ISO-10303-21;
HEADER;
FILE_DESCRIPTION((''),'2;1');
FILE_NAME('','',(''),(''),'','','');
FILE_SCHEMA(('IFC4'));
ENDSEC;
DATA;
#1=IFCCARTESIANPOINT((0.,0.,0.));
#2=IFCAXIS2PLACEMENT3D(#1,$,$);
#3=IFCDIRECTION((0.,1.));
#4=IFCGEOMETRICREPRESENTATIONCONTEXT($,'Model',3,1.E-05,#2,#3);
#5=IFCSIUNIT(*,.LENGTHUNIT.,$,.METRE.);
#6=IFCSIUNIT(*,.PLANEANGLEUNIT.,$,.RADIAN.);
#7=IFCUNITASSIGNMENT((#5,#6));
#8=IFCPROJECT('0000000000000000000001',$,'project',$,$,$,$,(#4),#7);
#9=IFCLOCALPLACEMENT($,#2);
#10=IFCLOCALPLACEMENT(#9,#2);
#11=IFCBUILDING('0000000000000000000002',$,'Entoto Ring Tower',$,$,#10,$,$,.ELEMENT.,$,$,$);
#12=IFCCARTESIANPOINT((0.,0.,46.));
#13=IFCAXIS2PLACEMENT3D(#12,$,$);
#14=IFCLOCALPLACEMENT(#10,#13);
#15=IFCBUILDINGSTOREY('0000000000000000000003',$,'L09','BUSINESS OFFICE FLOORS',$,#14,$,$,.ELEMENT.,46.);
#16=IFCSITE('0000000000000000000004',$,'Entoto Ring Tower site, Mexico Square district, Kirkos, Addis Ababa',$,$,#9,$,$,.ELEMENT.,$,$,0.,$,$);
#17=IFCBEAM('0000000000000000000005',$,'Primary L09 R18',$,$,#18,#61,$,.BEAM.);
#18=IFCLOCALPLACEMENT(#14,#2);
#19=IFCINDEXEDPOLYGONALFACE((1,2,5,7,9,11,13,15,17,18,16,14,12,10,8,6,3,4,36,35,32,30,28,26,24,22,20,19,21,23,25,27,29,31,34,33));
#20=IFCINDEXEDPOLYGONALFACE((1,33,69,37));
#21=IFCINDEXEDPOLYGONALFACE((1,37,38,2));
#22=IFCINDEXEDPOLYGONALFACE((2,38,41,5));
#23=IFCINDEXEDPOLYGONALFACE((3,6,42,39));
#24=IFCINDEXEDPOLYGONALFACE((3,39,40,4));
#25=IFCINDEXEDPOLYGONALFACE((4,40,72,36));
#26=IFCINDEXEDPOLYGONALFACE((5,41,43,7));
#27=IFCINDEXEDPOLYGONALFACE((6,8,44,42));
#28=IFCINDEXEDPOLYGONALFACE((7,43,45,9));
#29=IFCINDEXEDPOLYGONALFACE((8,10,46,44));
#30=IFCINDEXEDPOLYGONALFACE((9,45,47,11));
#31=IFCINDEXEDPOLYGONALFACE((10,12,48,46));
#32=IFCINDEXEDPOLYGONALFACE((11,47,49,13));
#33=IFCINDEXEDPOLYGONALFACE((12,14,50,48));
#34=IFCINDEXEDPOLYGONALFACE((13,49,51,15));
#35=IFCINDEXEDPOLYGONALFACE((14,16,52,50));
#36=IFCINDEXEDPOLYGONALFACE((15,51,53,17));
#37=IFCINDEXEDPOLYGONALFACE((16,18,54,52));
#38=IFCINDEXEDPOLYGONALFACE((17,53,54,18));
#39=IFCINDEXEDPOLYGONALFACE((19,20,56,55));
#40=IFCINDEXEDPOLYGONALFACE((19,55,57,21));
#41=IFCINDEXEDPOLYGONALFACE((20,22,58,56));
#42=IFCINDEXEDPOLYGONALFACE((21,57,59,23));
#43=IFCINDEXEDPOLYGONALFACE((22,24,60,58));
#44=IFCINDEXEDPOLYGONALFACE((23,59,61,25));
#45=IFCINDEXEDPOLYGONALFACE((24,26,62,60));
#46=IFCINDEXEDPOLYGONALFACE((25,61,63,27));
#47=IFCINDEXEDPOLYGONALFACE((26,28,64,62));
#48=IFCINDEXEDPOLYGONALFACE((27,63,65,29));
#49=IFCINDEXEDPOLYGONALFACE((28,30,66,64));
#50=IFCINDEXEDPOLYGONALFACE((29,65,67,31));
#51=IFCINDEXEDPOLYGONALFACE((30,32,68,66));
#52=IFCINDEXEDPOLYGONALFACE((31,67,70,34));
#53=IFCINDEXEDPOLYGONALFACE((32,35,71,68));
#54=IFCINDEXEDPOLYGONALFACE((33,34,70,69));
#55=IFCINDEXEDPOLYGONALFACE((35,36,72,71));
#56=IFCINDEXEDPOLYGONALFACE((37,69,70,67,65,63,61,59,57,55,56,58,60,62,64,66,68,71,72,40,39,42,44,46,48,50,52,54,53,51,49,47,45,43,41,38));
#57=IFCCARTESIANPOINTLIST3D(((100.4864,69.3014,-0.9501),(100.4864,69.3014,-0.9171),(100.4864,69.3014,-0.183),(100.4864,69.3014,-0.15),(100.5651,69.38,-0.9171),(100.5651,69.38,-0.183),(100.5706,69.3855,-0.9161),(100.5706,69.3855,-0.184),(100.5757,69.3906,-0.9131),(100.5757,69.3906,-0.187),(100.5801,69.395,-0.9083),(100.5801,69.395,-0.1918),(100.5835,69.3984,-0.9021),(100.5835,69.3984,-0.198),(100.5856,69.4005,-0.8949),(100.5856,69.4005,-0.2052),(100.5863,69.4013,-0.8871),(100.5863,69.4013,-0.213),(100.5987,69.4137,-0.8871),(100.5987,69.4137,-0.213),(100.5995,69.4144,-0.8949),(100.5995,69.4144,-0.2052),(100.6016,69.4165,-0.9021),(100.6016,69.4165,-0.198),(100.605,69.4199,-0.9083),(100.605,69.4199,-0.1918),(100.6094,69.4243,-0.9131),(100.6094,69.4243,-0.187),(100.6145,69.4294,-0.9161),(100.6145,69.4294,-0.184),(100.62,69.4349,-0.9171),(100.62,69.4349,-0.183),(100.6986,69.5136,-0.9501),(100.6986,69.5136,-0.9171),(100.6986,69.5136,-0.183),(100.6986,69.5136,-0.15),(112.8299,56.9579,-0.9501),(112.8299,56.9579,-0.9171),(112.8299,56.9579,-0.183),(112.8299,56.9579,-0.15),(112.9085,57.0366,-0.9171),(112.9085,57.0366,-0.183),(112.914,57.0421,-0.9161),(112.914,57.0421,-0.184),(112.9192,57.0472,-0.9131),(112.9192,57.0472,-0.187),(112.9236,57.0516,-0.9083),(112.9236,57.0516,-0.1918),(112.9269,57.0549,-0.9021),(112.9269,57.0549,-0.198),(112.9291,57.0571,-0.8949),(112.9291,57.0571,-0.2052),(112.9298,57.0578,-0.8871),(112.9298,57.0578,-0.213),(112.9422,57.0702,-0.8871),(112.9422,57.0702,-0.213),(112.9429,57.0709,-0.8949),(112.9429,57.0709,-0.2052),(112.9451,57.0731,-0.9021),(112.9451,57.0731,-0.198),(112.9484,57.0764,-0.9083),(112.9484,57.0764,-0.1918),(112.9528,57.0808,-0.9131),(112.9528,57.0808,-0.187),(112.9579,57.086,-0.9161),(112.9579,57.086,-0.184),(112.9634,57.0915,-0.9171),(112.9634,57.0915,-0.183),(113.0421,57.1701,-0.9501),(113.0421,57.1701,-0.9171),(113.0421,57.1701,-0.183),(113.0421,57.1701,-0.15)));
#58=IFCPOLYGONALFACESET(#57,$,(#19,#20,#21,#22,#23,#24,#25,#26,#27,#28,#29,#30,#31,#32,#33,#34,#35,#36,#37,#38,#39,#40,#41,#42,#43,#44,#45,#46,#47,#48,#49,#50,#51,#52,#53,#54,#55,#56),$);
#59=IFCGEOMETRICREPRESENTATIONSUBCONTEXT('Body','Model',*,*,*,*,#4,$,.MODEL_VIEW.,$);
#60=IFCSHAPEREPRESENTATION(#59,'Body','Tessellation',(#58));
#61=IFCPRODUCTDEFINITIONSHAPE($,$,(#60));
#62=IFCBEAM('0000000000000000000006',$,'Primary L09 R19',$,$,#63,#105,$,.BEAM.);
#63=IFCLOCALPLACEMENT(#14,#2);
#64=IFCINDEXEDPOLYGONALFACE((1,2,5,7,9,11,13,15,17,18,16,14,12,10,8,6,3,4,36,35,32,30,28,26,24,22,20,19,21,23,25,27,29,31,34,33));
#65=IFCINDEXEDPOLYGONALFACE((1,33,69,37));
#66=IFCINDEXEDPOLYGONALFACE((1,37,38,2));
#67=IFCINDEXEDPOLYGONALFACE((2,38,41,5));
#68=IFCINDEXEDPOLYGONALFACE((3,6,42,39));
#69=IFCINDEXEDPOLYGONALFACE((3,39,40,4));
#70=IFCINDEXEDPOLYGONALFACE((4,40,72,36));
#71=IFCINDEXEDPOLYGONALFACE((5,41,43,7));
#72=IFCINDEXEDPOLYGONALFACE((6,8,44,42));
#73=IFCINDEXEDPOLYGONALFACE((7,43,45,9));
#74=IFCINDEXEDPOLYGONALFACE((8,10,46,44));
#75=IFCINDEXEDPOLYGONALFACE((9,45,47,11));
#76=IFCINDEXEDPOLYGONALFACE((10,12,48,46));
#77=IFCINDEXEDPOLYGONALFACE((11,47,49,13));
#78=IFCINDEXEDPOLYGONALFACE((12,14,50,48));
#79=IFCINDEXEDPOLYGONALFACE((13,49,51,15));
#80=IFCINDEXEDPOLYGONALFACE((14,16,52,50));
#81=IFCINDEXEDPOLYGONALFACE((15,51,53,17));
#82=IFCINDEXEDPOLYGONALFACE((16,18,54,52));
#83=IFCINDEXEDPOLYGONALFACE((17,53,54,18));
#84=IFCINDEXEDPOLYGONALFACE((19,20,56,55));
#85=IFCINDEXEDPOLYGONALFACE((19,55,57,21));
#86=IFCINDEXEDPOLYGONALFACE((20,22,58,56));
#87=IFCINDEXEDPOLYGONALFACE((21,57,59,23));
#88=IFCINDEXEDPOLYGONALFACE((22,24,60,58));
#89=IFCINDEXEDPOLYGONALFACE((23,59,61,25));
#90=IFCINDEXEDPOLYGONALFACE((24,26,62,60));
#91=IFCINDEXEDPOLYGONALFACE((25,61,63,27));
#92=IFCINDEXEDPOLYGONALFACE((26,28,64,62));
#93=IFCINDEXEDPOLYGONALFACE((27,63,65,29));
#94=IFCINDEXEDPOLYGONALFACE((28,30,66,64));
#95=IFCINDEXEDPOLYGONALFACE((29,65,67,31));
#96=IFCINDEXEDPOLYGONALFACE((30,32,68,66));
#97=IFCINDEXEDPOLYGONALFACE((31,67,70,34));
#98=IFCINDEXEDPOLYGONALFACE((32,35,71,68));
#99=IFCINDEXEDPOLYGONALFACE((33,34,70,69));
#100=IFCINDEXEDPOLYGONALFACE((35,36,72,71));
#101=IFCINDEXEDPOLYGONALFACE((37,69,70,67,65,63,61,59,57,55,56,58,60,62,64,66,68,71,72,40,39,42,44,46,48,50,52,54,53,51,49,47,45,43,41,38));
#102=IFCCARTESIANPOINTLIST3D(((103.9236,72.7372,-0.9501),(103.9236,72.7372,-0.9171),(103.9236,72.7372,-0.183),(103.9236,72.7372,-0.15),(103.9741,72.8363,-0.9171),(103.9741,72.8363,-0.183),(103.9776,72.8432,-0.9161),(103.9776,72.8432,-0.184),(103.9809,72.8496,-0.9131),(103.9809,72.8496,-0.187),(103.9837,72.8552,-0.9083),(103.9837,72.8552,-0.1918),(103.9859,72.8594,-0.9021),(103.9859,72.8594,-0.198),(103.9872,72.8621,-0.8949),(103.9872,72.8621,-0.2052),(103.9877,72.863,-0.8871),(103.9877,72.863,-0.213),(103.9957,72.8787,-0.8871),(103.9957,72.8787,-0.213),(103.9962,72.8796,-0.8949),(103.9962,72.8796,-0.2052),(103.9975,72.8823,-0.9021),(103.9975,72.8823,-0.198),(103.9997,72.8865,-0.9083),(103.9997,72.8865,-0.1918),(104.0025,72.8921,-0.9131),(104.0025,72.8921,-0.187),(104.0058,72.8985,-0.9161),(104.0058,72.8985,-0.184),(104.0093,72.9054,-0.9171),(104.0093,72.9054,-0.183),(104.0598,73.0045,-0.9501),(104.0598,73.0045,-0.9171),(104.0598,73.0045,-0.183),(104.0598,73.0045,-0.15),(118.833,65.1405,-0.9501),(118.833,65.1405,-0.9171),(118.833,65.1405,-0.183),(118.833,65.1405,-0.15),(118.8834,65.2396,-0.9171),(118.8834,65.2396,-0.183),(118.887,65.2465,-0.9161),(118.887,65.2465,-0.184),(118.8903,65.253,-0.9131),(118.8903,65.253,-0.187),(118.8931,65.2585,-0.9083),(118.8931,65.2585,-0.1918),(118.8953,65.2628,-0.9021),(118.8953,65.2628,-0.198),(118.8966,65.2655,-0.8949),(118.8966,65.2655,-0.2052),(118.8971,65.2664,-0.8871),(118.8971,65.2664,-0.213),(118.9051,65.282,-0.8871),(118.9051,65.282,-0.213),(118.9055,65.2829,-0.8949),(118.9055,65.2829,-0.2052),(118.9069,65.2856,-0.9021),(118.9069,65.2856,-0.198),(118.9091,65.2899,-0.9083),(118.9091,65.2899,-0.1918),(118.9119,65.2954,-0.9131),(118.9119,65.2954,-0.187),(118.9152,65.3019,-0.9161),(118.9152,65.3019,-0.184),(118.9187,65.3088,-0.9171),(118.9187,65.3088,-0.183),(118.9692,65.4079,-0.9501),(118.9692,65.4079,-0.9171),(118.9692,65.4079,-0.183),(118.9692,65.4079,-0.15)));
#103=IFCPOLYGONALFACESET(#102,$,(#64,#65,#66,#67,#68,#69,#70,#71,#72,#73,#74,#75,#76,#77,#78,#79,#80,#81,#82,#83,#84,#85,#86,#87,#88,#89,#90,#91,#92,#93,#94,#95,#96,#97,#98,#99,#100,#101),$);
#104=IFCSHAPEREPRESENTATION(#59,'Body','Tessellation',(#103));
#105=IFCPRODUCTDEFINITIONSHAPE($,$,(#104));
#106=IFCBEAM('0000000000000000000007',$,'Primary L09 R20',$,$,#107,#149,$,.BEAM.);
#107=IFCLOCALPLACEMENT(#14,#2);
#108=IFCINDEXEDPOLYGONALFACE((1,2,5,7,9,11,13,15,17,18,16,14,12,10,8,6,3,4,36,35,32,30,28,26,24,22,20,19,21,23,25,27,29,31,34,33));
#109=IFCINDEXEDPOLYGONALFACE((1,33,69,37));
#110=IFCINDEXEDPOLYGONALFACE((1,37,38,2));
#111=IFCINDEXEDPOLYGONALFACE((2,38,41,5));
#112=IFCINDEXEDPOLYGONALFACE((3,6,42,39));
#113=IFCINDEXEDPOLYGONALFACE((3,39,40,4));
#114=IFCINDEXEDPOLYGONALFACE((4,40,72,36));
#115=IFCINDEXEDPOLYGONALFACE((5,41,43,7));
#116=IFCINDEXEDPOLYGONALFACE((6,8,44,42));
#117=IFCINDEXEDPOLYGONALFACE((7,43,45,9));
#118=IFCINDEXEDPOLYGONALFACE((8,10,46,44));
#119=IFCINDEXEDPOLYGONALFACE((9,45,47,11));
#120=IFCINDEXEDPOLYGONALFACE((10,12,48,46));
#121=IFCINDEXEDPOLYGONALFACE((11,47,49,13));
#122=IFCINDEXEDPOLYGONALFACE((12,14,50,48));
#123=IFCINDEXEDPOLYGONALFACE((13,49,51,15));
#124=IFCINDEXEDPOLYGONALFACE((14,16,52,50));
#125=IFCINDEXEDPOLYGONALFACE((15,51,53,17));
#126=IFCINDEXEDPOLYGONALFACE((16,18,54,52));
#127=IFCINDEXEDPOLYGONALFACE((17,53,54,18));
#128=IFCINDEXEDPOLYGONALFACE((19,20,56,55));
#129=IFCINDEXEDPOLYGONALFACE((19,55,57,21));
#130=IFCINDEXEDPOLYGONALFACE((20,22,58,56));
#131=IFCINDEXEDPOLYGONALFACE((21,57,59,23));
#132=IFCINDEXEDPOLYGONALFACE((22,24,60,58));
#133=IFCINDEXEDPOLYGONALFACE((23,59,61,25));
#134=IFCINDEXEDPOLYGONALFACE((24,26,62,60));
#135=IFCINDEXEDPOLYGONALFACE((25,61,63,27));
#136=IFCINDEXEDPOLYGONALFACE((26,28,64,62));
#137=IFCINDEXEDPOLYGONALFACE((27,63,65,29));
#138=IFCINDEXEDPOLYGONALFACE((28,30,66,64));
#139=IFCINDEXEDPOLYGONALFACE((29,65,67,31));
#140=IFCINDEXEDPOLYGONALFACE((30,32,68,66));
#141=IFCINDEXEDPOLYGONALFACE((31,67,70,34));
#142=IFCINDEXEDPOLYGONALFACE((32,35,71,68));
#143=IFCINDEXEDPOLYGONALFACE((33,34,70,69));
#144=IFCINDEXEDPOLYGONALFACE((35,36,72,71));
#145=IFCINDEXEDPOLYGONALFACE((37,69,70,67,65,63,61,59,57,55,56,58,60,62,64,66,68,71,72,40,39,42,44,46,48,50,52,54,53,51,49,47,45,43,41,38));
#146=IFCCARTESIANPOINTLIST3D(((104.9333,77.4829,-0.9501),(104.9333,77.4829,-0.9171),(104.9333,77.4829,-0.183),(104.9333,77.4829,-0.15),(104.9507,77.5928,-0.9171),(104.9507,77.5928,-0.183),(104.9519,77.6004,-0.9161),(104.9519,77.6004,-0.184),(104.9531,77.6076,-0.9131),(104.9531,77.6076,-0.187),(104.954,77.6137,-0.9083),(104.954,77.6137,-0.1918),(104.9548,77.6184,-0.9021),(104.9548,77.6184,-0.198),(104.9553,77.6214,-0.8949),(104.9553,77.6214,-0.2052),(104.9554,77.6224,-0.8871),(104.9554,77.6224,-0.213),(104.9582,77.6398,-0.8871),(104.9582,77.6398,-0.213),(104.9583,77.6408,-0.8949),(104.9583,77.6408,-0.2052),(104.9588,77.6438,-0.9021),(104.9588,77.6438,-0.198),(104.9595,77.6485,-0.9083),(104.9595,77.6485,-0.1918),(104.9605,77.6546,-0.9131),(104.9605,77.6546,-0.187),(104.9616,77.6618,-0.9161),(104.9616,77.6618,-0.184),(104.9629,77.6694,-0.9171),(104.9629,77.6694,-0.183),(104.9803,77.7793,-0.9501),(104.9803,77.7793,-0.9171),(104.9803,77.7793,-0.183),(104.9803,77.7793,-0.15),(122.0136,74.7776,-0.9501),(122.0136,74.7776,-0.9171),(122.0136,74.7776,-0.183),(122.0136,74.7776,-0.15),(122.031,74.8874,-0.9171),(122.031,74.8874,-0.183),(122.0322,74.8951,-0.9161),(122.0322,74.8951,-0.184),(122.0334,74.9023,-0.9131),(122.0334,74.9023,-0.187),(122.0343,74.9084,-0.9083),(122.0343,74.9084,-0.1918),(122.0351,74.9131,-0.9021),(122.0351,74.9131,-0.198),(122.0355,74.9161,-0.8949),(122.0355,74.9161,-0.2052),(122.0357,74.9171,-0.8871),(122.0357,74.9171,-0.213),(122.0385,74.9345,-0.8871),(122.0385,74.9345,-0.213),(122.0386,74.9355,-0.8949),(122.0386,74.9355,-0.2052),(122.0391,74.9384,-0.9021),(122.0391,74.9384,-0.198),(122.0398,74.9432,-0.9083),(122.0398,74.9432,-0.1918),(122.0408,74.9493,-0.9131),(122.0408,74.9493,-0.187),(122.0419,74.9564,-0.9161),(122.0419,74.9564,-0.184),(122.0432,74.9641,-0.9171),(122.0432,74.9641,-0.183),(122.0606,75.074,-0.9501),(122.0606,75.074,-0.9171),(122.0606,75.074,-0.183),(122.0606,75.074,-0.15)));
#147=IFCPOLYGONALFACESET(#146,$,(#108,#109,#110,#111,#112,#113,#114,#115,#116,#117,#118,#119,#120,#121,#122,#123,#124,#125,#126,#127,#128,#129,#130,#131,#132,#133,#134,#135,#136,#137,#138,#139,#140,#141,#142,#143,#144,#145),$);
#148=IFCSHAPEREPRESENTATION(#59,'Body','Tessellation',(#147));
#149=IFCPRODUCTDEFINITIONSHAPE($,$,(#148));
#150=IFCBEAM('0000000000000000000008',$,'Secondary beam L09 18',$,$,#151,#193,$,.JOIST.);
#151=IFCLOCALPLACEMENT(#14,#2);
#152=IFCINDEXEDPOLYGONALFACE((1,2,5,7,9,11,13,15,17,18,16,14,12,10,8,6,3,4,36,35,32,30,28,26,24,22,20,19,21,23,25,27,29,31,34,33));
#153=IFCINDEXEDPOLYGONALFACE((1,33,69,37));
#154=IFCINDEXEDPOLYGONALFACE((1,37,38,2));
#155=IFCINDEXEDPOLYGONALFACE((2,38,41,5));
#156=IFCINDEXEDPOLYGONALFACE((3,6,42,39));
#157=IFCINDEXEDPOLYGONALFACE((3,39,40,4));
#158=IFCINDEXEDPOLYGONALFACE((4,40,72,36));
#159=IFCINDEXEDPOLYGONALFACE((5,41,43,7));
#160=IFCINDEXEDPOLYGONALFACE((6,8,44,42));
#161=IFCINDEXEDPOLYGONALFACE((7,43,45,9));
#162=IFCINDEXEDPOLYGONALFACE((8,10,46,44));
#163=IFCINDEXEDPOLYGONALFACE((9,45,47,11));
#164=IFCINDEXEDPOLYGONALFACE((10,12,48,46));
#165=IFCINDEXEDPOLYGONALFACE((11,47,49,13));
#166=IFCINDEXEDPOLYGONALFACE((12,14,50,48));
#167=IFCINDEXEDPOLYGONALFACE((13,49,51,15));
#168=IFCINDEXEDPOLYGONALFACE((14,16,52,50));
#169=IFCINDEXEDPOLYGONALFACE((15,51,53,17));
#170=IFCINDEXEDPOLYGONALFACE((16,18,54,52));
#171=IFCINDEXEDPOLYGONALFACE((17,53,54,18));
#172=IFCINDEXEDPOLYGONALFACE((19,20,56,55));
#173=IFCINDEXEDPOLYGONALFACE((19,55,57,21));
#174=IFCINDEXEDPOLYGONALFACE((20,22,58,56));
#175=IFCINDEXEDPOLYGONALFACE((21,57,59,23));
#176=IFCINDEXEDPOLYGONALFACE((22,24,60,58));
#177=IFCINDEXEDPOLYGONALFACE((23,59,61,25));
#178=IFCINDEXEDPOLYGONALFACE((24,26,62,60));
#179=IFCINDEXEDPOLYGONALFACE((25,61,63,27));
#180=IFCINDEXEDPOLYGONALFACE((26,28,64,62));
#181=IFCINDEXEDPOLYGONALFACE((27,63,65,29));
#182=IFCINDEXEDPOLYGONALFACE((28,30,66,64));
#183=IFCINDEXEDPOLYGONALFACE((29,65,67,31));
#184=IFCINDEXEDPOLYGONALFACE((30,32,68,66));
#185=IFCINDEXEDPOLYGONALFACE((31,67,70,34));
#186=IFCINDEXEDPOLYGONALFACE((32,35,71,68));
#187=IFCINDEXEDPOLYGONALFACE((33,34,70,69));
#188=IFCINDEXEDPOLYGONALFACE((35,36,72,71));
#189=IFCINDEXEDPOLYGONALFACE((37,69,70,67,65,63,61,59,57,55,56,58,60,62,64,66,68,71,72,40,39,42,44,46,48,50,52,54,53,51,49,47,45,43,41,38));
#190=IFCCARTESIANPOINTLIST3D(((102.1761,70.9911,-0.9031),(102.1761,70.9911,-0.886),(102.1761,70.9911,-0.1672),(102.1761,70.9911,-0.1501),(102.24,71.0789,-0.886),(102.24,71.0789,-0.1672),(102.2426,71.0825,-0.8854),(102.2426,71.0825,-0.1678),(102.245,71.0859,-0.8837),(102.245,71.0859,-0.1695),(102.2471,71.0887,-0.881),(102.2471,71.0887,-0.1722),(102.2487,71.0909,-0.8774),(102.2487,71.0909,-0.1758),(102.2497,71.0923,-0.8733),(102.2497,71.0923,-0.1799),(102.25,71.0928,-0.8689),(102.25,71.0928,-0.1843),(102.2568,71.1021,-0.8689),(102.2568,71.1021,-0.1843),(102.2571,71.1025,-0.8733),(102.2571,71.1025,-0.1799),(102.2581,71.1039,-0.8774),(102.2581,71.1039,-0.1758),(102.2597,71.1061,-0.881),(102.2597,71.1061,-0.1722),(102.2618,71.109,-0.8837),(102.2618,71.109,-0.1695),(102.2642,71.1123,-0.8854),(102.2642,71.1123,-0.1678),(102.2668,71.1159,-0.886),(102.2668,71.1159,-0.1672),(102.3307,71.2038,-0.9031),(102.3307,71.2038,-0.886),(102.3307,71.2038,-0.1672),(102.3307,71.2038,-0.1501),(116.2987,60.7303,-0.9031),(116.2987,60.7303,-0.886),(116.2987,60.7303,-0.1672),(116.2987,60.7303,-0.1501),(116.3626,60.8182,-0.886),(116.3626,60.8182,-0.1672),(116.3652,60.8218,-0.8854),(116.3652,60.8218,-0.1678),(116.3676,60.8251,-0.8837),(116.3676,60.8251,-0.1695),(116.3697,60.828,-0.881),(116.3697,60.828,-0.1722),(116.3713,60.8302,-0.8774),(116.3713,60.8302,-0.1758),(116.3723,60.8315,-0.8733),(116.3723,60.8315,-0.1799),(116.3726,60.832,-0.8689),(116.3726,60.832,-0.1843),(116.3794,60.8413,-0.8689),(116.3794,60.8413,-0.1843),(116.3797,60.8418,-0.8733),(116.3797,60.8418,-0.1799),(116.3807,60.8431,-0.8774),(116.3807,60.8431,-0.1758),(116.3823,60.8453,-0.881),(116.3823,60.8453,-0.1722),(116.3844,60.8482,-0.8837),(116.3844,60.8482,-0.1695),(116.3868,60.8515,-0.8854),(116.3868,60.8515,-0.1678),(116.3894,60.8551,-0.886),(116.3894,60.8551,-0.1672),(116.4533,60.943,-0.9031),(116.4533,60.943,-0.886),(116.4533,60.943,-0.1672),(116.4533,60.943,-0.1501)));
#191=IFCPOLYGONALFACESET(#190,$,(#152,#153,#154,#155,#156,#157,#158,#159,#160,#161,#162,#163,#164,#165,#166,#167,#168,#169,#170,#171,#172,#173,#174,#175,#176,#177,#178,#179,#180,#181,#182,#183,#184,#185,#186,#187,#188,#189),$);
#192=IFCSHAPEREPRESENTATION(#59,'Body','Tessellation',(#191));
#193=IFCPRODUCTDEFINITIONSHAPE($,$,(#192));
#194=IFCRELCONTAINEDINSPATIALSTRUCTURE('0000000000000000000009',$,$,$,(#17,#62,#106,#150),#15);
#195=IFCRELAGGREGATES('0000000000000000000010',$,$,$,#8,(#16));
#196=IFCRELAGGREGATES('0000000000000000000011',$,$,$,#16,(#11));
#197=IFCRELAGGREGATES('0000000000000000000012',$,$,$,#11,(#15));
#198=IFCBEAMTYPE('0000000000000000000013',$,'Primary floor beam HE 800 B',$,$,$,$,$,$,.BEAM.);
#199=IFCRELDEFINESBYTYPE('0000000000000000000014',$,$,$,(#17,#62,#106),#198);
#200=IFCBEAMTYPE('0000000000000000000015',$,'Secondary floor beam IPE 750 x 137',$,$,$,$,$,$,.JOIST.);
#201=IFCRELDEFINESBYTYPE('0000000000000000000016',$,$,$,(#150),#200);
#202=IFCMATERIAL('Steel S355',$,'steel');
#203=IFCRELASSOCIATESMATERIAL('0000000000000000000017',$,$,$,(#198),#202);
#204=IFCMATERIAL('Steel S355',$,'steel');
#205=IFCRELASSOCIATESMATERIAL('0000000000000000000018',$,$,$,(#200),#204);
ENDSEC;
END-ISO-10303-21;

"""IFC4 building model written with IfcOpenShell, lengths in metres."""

from ifc_helpers import new_model, si_unit, direction, frame, origin, origin_2d, place, context, subcontext, project, spatial, i_section, extrude, material, material_profile, profile_set, type_object, element, save


model = new_model("IFC4")

# Units and contexts
model_context = context("Model", 3, precision=1e-05, world=origin(), true_north=direction((0.0, 1.0)))
body_context = subcontext(model_context, "Body", "Model", "MODEL_VIEW")
ifc_project = project(units=[si_unit("LENGTHUNIT", "METRE"), si_unit("PLANEANGLEUNIT", "RADIAN")], contexts=[model_context])

# Site, building, storey
site_placement = place(None, origin())
site = spatial("IfcSite", under=ifc_project, at=site_placement, Name="Entoto Ring Tower site, Mexico Square district, Kirkos, Addis Ababa", CompositionType="ELEMENT", RefElevation=0.0)
building_placement = place(site_placement, origin())
building = spatial("IfcBuilding", under=site, at=building_placement, Name="Entoto Ring Tower", CompositionType="ELEMENT")
storey_placement = place(building_placement, frame((0.0, 0.0, 46.0)))
storey = spatial("IfcBuildingStorey", under=building, at=storey_placement, Name="L09", Description="BUSINESS OFFICE FLOORS", CompositionType="ELEMENT", Elevation=46.0)

# Beams
ifc_material_1 = material(Name="Steel S355", Category="steel")
ifc_material_profile_1 = material_profile(ifc_material_1, i_section(OverallWidth=0.3, OverallDepth=0.8, WebThickness=0.0176, FlangeThickness=0.033, FilletRadius=0.03, at=origin_2d()), Name="HE 800 B")
ifc_profile_set_1 = profile_set([ifc_material_profile_1], Name="Steel S355")
beam_type_1 = type_object("IfcBeamType", Name="Primary floor beam HE 800 B", PredefinedType="BEAM", material=ifc_profile_set_1)
beam_1_placement = place(storey_placement, frame((100.5925, 69.4075, -0.55), z_axis=(0.707107, -0.707107, 0.0), x_axis=(0.707107, 0.707107, 0.0)))
element("IfcBeam", 1, at=beam_1_placement, inside=storey, type_object=beam_type_1, Name="Primary L09 R18", PredefinedType="BEAM", context=body_context, shape_type="SweptSolid", body=[
    extrude(i_section(OverallWidth=0.3, OverallDepth=0.8, WebThickness=0.0176, FlangeThickness=0.033, FilletRadius=0.03, at=origin_2d()), origin(), (0.0, 0.0, 1.0), 17.4563),
])
beam_2_placement = place(storey_placement, frame((103.9917, 72.8708, -0.55), z_axis=(0.891008, -0.453988, 0.0), x_axis=(0.453988, 0.891008, 0.0)))
element("IfcBeam", 2, at=beam_2_placement, inside=storey, type_object=beam_type_1, Name="Primary L09 R19", PredefinedType="BEAM", context=body_context, shape_type="SweptSolid", body=[
    extrude(i_section(OverallWidth=0.3, OverallDepth=0.8, WebThickness=0.0176, FlangeThickness=0.033, FilletRadius=0.03, at=origin_2d()), origin(), (0.0, 0.0, 1.0), 16.7332),
])
beam_3_placement = place(storey_placement, frame((104.9568, 77.6311, -0.55), z_axis=(0.987688, -0.156438, 0.0), x_axis=(0.156438, 0.987688, 0.0)))
element("IfcBeam", 3, at=beam_3_placement, inside=storey, type_object=beam_type_1, Name="Primary L09 R20", PredefinedType="BEAM", context=body_context, shape_type="SweptSolid", body=[
    extrude(i_section(OverallWidth=0.3, OverallDepth=0.8, WebThickness=0.0176, FlangeThickness=0.033, FilletRadius=0.03, at=origin_2d()), origin(), (0.0, 0.0, 1.0), 17.2932),
])
ifc_material_2 = material(Name="Steel S355", Category="steel")
ifc_material_profile_2 = material_profile(ifc_material_2, i_section(OverallWidth=0.2629, OverallDepth=0.7529, WebThickness=0.0115, FlangeThickness=0.0171, FilletRadius=0.0171, at=origin_2d()), Name="IPE 750 x 137")
ifc_profile_set_2 = profile_set([ifc_material_profile_2], Name="Steel S355")
beam_type_2 = type_object("IfcBeamType", Name="Secondary floor beam IPE 750 x 137", PredefinedType="JOIST", material=ifc_profile_set_2)
beam_4_placement = place(storey_placement, frame((102.2534, 71.0974, -0.5266), z_axis=(0.809014, -0.587789, 0.0), x_axis=(0.587789, 0.809014, 0.0)))
element("IfcBeam", 4, at=beam_4_placement, inside=storey, type_object=beam_type_2, Name="Secondary beam L09 18", PredefinedType="JOIST", context=body_context, shape_type="SweptSolid", body=[
    extrude(i_section(OverallWidth=0.2629, OverallDepth=0.7529, WebThickness=0.0115, FlangeThickness=0.0171, FilletRadius=0.0171, at=origin_2d()), origin(), (0.0, 0.0, 1.0), 17.4565),
])

save(model, "model.ifc")
